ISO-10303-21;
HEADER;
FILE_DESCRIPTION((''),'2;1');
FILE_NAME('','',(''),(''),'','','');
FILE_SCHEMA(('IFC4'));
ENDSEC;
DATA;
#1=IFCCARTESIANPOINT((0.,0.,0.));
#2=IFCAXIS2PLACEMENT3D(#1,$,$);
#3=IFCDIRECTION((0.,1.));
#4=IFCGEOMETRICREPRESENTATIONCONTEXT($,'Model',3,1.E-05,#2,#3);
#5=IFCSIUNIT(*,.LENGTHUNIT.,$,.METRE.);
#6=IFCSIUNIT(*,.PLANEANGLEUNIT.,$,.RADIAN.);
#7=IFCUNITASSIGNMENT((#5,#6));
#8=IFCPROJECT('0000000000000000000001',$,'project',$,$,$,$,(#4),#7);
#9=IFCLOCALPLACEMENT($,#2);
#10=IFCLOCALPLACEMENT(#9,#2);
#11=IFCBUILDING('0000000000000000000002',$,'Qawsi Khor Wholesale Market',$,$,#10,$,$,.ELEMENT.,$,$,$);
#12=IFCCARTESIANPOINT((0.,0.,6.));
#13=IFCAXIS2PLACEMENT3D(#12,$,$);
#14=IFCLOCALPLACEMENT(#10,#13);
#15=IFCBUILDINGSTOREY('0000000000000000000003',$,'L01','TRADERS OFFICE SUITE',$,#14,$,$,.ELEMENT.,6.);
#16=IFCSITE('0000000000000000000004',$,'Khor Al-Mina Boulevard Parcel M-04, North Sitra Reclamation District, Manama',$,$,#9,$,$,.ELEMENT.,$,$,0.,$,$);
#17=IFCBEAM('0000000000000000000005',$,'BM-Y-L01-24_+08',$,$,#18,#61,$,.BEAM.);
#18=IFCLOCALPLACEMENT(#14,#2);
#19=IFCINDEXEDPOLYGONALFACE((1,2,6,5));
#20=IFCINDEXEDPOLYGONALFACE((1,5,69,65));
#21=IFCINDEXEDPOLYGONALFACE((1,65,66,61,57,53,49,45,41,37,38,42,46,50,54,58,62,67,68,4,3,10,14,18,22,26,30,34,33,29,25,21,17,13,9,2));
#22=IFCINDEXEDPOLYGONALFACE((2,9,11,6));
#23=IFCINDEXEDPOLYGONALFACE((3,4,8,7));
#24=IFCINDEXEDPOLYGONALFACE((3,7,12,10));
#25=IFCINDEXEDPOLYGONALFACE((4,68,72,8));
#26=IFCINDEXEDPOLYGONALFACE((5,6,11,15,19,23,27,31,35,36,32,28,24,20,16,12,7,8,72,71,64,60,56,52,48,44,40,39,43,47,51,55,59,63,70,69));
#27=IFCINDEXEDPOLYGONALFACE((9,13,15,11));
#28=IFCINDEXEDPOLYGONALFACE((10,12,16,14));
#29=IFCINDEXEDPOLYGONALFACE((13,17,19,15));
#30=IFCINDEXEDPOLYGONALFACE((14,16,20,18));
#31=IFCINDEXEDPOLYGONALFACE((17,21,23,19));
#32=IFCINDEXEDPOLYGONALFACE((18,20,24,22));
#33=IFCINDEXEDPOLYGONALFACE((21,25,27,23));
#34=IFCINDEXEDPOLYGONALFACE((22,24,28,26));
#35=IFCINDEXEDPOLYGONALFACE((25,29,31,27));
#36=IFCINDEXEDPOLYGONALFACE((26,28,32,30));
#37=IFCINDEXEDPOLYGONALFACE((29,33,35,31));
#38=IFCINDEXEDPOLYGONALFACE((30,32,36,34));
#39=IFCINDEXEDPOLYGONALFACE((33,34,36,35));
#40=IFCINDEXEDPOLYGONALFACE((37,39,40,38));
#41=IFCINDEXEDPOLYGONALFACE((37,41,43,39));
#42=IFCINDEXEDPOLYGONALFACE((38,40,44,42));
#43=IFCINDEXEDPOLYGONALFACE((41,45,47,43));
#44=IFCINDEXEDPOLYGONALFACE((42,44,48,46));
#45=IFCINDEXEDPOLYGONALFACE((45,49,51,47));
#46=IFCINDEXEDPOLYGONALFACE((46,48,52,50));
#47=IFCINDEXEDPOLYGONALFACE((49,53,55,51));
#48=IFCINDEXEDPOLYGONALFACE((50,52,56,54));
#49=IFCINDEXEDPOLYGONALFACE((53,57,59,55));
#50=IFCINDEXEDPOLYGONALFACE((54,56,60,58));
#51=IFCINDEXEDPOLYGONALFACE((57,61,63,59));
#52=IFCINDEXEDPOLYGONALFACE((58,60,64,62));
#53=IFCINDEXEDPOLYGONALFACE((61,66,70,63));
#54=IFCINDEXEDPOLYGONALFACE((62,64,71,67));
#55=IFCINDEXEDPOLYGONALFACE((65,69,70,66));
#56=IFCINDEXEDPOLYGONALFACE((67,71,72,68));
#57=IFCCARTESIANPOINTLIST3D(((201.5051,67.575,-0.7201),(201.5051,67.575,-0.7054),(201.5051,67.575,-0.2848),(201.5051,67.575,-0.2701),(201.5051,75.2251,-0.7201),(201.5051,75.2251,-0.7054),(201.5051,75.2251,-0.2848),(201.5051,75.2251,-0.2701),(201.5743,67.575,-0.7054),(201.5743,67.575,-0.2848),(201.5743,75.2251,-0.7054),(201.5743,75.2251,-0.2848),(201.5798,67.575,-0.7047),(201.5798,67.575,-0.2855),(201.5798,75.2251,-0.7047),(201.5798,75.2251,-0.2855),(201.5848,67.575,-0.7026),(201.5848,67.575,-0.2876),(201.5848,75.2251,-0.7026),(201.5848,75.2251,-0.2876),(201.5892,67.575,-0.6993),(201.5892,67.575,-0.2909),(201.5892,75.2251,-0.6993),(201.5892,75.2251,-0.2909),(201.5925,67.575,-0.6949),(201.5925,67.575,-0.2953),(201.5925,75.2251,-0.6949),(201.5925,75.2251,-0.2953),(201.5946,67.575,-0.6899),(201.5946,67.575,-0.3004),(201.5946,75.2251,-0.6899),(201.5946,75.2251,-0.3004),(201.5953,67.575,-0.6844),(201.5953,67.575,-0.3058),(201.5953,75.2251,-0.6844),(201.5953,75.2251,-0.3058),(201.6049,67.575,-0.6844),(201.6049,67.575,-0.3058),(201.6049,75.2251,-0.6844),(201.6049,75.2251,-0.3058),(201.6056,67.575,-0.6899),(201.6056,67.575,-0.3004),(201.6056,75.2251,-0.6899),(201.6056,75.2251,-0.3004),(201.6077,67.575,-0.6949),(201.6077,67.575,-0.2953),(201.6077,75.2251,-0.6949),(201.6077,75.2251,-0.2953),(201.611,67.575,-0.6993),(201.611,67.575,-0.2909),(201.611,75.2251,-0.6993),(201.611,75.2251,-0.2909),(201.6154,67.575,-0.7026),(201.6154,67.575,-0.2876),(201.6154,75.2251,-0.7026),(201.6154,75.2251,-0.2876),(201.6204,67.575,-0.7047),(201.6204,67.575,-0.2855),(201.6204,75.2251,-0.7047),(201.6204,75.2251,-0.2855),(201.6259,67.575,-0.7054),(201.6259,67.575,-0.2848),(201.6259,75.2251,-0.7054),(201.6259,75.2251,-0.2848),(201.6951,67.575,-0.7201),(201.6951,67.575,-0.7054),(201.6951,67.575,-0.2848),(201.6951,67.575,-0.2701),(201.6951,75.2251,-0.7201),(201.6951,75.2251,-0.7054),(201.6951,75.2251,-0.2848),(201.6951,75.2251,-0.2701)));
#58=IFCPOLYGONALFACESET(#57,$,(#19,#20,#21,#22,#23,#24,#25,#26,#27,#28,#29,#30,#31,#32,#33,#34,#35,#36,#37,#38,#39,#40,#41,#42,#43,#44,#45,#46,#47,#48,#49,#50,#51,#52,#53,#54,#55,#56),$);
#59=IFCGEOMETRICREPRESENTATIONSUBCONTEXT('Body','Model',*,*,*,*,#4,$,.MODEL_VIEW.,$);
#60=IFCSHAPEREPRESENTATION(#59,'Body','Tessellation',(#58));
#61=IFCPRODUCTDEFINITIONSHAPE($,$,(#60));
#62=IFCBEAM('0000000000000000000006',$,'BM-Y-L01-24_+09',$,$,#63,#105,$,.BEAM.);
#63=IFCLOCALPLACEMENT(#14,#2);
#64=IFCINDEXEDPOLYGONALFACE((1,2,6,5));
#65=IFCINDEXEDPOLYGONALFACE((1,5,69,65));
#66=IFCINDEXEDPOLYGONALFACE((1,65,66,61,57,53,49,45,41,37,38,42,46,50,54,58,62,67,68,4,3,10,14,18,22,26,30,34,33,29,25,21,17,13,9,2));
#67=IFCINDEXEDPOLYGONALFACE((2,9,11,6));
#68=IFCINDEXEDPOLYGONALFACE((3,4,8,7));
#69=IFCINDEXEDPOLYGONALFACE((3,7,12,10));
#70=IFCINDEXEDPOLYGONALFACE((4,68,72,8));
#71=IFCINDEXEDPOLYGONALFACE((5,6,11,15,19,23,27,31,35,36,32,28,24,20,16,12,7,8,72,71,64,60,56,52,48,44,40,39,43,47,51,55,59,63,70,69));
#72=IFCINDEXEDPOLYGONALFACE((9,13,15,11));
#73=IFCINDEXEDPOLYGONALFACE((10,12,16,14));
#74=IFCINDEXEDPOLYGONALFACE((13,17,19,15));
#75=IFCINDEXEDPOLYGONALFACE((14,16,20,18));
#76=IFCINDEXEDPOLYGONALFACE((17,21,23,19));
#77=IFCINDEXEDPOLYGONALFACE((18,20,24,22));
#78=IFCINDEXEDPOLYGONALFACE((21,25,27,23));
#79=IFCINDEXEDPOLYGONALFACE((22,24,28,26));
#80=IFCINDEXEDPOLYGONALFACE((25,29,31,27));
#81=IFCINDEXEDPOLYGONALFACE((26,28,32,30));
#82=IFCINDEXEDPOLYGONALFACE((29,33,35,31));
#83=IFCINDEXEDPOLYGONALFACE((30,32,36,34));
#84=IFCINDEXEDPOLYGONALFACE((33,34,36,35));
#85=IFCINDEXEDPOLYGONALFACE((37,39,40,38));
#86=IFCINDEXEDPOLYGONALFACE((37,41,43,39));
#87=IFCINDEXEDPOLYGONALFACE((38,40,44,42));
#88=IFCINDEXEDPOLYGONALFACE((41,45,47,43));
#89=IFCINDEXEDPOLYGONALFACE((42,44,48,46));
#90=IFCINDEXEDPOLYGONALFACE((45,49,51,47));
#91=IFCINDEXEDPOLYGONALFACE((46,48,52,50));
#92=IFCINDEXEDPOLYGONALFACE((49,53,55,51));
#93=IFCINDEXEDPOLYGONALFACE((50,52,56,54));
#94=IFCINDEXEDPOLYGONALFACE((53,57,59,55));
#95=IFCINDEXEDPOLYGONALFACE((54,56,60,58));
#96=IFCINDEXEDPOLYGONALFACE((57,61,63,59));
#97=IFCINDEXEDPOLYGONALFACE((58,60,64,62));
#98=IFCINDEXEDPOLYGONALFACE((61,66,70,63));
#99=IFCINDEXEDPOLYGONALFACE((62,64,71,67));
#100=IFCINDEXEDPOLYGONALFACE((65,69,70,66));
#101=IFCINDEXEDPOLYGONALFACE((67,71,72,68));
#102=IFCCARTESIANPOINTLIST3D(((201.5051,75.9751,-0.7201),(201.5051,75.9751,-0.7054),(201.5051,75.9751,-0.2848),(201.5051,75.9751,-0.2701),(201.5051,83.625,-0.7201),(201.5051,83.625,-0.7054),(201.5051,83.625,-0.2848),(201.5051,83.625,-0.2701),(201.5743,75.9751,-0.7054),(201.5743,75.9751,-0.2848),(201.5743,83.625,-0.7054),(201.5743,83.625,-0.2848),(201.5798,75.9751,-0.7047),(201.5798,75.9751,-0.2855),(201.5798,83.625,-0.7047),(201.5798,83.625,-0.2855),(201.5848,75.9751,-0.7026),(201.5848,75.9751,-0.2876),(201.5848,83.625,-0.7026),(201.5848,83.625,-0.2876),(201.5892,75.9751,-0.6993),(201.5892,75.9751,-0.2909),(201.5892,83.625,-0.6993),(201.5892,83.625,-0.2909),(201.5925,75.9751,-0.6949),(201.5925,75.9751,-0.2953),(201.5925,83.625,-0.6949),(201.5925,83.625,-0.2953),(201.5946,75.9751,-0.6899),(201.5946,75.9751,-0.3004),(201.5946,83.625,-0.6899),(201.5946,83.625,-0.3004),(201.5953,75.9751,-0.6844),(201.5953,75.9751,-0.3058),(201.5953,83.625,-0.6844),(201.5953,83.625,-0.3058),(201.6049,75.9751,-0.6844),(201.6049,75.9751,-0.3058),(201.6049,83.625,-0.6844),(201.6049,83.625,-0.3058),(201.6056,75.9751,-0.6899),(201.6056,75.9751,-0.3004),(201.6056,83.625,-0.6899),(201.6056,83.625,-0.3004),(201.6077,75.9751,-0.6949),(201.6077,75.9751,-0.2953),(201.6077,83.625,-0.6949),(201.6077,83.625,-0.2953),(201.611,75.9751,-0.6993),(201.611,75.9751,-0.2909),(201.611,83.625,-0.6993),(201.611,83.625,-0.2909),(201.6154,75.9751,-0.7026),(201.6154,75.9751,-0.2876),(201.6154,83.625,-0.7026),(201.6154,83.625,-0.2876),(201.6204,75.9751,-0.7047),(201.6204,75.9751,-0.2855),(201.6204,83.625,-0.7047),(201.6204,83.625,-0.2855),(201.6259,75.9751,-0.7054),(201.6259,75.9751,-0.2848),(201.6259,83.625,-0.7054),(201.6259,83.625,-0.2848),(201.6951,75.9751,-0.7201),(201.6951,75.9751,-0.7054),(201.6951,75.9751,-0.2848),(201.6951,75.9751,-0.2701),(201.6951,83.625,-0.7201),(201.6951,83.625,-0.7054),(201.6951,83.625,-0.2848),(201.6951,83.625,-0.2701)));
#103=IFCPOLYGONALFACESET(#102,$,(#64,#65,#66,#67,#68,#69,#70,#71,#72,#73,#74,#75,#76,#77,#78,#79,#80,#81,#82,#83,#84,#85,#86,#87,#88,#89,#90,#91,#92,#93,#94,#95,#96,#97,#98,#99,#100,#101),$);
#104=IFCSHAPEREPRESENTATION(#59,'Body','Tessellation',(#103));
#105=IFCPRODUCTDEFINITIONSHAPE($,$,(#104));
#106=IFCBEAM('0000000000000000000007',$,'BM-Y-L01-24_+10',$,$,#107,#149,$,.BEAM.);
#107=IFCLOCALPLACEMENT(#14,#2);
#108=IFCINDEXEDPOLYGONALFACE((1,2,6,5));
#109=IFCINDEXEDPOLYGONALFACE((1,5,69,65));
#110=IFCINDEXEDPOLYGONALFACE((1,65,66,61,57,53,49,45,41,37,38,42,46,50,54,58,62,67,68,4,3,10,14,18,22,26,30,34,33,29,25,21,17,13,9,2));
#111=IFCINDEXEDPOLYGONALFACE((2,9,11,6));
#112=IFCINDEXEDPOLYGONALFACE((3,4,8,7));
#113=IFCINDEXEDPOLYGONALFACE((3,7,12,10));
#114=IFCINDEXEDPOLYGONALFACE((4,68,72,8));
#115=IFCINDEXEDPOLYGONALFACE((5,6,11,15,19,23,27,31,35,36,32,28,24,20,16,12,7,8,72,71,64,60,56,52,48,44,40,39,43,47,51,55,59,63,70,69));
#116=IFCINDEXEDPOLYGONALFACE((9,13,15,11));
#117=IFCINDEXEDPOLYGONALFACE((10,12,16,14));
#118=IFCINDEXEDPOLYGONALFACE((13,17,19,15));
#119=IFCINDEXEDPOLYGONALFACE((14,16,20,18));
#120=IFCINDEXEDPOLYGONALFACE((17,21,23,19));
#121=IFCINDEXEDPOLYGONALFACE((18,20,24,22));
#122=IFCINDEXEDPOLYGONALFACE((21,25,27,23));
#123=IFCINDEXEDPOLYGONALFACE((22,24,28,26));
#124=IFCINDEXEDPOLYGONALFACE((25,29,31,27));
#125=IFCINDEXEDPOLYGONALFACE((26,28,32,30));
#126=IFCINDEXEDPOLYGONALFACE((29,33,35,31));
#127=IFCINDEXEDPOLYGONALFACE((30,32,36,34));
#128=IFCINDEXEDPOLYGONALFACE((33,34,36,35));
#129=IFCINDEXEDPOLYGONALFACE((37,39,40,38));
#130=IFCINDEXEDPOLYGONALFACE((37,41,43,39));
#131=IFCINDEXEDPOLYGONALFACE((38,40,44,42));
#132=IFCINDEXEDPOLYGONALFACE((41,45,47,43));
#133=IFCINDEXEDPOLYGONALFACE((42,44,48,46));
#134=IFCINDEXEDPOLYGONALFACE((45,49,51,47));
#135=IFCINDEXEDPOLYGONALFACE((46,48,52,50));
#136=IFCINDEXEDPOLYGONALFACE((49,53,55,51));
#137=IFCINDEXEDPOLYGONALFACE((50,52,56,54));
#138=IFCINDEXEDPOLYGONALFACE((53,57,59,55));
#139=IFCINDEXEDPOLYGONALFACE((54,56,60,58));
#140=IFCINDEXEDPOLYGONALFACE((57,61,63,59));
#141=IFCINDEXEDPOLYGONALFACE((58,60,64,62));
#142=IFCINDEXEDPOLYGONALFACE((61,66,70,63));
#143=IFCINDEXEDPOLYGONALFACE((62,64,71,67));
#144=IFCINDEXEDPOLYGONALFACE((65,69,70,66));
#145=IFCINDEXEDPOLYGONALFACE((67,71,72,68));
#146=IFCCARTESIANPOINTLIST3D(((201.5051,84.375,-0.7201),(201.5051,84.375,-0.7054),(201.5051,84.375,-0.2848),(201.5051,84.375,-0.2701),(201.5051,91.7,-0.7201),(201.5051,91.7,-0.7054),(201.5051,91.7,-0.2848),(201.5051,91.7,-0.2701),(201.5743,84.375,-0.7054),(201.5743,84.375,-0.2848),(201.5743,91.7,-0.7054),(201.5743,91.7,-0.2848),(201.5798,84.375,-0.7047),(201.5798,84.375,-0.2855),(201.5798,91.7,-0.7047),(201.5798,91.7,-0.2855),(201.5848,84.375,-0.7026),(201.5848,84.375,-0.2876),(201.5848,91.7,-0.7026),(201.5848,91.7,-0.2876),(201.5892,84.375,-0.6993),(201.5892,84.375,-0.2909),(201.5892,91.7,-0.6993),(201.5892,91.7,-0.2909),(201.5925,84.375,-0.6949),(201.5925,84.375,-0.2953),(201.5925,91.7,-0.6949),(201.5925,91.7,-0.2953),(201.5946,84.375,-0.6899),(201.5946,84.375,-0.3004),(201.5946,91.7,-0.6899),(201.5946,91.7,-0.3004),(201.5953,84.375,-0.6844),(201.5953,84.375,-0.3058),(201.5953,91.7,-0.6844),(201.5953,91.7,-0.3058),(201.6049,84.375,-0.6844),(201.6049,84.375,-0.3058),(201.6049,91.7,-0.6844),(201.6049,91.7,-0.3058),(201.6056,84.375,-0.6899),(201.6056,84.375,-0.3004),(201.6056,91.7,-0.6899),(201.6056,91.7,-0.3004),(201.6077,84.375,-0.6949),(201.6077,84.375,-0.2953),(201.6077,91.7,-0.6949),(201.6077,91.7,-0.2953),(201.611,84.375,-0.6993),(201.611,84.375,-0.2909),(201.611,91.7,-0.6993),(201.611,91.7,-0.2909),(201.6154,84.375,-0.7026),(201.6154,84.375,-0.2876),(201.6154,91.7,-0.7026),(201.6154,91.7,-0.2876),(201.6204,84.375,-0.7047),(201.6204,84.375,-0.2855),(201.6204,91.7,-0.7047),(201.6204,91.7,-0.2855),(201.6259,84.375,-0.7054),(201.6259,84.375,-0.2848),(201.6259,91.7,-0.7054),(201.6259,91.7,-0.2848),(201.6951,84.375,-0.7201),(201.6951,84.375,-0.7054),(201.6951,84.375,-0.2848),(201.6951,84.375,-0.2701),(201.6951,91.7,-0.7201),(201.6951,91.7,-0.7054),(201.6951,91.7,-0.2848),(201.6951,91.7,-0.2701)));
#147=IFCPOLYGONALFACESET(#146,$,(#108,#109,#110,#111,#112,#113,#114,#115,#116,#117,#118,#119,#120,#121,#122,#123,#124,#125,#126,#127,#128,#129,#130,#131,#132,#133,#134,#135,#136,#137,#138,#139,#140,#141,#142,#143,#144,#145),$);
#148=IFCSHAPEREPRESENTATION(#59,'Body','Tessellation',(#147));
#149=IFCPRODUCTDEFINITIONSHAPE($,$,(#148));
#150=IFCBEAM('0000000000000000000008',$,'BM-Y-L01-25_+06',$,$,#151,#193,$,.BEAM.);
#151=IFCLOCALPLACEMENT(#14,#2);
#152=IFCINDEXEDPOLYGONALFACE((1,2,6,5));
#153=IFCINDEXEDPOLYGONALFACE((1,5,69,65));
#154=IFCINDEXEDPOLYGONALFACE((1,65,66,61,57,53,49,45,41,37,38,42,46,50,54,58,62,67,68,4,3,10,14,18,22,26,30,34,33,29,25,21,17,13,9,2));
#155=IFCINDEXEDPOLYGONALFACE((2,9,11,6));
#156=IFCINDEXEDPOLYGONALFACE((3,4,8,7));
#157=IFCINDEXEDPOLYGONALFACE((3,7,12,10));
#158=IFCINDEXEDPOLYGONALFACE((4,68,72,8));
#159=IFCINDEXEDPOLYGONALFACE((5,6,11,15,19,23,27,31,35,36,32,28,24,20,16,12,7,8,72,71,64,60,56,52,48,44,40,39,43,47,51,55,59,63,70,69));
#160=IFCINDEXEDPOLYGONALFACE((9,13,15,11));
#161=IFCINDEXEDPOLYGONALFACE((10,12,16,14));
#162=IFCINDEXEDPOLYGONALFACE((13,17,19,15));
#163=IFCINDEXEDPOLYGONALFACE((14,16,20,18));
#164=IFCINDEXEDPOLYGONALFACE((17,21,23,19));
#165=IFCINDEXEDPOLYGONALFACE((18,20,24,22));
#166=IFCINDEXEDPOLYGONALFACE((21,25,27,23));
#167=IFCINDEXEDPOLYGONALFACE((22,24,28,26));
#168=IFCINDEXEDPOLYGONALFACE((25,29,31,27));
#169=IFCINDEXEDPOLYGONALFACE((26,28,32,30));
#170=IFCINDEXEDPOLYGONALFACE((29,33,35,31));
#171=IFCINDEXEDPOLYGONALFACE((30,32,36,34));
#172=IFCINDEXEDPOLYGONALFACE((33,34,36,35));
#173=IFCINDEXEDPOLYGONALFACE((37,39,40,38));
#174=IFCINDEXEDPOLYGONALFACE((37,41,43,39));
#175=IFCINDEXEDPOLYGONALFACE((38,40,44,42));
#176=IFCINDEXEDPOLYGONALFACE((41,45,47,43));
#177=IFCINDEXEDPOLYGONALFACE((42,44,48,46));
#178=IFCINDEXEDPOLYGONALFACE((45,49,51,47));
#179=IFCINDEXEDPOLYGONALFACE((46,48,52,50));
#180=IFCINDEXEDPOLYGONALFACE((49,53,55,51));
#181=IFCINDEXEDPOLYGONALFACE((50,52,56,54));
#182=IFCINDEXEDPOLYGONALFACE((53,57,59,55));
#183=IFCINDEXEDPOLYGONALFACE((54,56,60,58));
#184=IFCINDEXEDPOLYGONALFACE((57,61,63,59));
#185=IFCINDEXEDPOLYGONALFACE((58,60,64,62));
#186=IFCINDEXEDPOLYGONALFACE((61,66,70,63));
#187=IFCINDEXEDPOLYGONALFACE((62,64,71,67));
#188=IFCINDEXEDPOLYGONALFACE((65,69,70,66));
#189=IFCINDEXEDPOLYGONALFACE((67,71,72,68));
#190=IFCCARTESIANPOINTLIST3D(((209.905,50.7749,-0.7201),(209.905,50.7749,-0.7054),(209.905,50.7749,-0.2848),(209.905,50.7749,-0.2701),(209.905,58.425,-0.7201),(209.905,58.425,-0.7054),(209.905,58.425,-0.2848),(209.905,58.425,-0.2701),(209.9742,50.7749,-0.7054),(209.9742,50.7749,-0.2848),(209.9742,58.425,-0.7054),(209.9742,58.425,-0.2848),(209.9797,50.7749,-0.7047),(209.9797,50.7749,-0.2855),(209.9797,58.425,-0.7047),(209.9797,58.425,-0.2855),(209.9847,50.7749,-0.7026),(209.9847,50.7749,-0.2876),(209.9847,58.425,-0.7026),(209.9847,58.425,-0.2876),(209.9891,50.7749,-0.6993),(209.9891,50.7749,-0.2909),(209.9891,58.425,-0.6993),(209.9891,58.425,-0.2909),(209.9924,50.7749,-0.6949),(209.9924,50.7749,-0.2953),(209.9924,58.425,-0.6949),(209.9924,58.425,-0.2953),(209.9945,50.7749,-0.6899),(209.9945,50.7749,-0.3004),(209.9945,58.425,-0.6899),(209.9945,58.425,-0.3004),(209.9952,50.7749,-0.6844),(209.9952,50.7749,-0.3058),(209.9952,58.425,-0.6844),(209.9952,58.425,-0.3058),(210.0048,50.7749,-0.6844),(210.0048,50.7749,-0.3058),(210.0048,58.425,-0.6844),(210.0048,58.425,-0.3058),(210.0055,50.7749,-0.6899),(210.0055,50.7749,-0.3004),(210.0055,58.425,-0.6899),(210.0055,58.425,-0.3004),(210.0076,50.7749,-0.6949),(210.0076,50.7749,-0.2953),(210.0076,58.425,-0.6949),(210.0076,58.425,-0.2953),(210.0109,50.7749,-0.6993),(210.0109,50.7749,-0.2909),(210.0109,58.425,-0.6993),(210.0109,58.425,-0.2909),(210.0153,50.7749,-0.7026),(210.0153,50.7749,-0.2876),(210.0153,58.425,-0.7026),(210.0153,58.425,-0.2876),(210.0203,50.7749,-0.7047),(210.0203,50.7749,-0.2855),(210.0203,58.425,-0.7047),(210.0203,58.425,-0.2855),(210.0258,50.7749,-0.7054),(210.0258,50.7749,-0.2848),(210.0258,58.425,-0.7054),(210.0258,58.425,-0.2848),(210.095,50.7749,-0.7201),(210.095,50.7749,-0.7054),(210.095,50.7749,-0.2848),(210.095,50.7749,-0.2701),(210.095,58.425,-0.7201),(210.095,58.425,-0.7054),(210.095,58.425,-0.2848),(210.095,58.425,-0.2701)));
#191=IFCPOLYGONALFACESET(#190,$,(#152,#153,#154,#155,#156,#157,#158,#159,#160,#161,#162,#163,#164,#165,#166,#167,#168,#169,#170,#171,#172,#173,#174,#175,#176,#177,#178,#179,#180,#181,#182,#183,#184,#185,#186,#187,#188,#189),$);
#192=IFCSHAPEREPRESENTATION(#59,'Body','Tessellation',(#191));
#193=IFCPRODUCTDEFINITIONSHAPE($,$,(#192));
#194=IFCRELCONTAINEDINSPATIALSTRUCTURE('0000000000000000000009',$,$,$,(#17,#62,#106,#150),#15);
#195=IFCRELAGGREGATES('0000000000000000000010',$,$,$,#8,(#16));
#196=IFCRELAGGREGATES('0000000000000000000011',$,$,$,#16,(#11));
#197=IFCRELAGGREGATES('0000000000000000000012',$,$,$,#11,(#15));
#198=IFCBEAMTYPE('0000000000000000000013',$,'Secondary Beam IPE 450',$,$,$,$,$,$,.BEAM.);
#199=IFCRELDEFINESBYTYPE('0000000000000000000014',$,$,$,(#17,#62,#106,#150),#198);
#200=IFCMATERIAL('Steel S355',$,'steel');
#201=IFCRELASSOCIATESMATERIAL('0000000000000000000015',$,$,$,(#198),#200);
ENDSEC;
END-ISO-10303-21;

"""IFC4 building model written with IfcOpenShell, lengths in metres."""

from ifc_helpers import new_model, si_unit, direction, frame, origin, origin_2d, place, context, subcontext, project, spatial, i_section, extrude, material, material_profile, profile_set, type_object, element, save


model = new_model("IFC4")

# Units and contexts
model_context = context("Model", 3, precision=1e-05, world=origin(), true_north=direction((0.0, 1.0)))
body_context = subcontext(model_context, "Body", "Model", "MODEL_VIEW")
ifc_project = project(units=[si_unit("LENGTHUNIT", "METRE"), si_unit("PLANEANGLEUNIT", "RADIAN")], contexts=[model_context])

# Site, building, storey
site_placement = place(None, origin())
site = spatial("IfcSite", under=ifc_project, at=site_placement, Name="Khor Al-Mina Boulevard Parcel M-04, North Sitra Reclamation District, Manama", CompositionType="ELEMENT", RefElevation=0.0)
building_placement = place(site_placement, origin())
building = spatial("IfcBuilding", under=site, at=building_placement, Name="Qawsi Khor Wholesale Market", CompositionType="ELEMENT")
storey_placement = place(building_placement, frame((0.0, 0.0, 6.0)))
storey = spatial("IfcBuildingStorey", under=building, at=storey_placement, Name="L01", Description="TRADERS OFFICE SUITE", CompositionType="ELEMENT", Elevation=6.0)

# Beams
ifc_material_1 = material(Name="Steel S355", Category="steel")
ifc_material_profile_1 = material_profile(ifc_material_1, i_section(OverallWidth=0.1899, OverallDepth=0.45, WebThickness=0.0095, FlangeThickness=0.0146, FilletRadius=0.021, at=origin_2d()), Name="IPE 450")
ifc_profile_set_1 = profile_set([ifc_material_profile_1], Name="Steel S355")
beam_type_1 = type_object("IfcBeamType", Name="Secondary Beam IPE 450", PredefinedType="BEAM", material=ifc_profile_set_1)
beam_1_placement = place(storey_placement, frame((201.6001, 67.575, -0.4951), z_axis=(0.0, 1.0, 0.0), x_axis=(-1.0, 0.0, 0.0)))
element("IfcBeam", 1, at=beam_1_placement, inside=storey, type_object=beam_type_1, Name="BM-Y-L01-24_+08", PredefinedType="BEAM", context=body_context, shape_type="SweptSolid", body=[
    extrude(i_section(OverallWidth=0.1899, OverallDepth=0.45, WebThickness=0.0095, FlangeThickness=0.0146, FilletRadius=0.021, at=origin_2d()), origin(), (0.0, 0.0, 1.0), 7.6501),
])
beam_2_placement = place(storey_placement, frame((201.6001, 75.9751, -0.4951), z_axis=(0.0, 1.0, 0.0), x_axis=(-1.0, 0.0, 0.0)))
element("IfcBeam", 2, at=beam_2_placement, inside=storey, type_object=beam_type_1, Name="BM-Y-L01-24_+09", PredefinedType="BEAM", context=body_context, shape_type="SweptSolid", body=[
    extrude(i_section(OverallWidth=0.1899, OverallDepth=0.45, WebThickness=0.0095, FlangeThickness=0.0146, FilletRadius=0.021, at=origin_2d()), origin(), (0.0, 0.0, 1.0), 7.6499),
])
beam_3_placement = place(storey_placement, frame((201.6001, 84.375, -0.4951), z_axis=(0.0, 1.0, 0.0), x_axis=(-1.0, 0.0, 0.0)))
element("IfcBeam", 3, at=beam_3_placement, inside=storey, type_object=beam_type_1, Name="BM-Y-L01-24_+10", PredefinedType="BEAM", context=body_context, shape_type="SweptSolid", body=[
    extrude(i_section(OverallWidth=0.1899, OverallDepth=0.45, WebThickness=0.0095, FlangeThickness=0.0146, FilletRadius=0.021, at=origin_2d()), origin(), (0.0, 0.0, 1.0), 7.325),
])
beam_4_placement = place(storey_placement, frame((210.0, 50.7749, -0.4951), z_axis=(0.0, 1.0, 0.0), x_axis=(-1.0, 0.0, 0.0)))
element("IfcBeam", 4, at=beam_4_placement, inside=storey, type_object=beam_type_1, Name="BM-Y-L01-25_+06", PredefinedType="BEAM", context=body_context, shape_type="SweptSolid", body=[
    extrude(i_section(OverallWidth=0.1899, OverallDepth=0.45, WebThickness=0.0095, FlangeThickness=0.0146, FilletRadius=0.021, at=origin_2d()), origin(), (0.0, 0.0, 1.0), 7.6501),
])

save(model, "model.ifc")
